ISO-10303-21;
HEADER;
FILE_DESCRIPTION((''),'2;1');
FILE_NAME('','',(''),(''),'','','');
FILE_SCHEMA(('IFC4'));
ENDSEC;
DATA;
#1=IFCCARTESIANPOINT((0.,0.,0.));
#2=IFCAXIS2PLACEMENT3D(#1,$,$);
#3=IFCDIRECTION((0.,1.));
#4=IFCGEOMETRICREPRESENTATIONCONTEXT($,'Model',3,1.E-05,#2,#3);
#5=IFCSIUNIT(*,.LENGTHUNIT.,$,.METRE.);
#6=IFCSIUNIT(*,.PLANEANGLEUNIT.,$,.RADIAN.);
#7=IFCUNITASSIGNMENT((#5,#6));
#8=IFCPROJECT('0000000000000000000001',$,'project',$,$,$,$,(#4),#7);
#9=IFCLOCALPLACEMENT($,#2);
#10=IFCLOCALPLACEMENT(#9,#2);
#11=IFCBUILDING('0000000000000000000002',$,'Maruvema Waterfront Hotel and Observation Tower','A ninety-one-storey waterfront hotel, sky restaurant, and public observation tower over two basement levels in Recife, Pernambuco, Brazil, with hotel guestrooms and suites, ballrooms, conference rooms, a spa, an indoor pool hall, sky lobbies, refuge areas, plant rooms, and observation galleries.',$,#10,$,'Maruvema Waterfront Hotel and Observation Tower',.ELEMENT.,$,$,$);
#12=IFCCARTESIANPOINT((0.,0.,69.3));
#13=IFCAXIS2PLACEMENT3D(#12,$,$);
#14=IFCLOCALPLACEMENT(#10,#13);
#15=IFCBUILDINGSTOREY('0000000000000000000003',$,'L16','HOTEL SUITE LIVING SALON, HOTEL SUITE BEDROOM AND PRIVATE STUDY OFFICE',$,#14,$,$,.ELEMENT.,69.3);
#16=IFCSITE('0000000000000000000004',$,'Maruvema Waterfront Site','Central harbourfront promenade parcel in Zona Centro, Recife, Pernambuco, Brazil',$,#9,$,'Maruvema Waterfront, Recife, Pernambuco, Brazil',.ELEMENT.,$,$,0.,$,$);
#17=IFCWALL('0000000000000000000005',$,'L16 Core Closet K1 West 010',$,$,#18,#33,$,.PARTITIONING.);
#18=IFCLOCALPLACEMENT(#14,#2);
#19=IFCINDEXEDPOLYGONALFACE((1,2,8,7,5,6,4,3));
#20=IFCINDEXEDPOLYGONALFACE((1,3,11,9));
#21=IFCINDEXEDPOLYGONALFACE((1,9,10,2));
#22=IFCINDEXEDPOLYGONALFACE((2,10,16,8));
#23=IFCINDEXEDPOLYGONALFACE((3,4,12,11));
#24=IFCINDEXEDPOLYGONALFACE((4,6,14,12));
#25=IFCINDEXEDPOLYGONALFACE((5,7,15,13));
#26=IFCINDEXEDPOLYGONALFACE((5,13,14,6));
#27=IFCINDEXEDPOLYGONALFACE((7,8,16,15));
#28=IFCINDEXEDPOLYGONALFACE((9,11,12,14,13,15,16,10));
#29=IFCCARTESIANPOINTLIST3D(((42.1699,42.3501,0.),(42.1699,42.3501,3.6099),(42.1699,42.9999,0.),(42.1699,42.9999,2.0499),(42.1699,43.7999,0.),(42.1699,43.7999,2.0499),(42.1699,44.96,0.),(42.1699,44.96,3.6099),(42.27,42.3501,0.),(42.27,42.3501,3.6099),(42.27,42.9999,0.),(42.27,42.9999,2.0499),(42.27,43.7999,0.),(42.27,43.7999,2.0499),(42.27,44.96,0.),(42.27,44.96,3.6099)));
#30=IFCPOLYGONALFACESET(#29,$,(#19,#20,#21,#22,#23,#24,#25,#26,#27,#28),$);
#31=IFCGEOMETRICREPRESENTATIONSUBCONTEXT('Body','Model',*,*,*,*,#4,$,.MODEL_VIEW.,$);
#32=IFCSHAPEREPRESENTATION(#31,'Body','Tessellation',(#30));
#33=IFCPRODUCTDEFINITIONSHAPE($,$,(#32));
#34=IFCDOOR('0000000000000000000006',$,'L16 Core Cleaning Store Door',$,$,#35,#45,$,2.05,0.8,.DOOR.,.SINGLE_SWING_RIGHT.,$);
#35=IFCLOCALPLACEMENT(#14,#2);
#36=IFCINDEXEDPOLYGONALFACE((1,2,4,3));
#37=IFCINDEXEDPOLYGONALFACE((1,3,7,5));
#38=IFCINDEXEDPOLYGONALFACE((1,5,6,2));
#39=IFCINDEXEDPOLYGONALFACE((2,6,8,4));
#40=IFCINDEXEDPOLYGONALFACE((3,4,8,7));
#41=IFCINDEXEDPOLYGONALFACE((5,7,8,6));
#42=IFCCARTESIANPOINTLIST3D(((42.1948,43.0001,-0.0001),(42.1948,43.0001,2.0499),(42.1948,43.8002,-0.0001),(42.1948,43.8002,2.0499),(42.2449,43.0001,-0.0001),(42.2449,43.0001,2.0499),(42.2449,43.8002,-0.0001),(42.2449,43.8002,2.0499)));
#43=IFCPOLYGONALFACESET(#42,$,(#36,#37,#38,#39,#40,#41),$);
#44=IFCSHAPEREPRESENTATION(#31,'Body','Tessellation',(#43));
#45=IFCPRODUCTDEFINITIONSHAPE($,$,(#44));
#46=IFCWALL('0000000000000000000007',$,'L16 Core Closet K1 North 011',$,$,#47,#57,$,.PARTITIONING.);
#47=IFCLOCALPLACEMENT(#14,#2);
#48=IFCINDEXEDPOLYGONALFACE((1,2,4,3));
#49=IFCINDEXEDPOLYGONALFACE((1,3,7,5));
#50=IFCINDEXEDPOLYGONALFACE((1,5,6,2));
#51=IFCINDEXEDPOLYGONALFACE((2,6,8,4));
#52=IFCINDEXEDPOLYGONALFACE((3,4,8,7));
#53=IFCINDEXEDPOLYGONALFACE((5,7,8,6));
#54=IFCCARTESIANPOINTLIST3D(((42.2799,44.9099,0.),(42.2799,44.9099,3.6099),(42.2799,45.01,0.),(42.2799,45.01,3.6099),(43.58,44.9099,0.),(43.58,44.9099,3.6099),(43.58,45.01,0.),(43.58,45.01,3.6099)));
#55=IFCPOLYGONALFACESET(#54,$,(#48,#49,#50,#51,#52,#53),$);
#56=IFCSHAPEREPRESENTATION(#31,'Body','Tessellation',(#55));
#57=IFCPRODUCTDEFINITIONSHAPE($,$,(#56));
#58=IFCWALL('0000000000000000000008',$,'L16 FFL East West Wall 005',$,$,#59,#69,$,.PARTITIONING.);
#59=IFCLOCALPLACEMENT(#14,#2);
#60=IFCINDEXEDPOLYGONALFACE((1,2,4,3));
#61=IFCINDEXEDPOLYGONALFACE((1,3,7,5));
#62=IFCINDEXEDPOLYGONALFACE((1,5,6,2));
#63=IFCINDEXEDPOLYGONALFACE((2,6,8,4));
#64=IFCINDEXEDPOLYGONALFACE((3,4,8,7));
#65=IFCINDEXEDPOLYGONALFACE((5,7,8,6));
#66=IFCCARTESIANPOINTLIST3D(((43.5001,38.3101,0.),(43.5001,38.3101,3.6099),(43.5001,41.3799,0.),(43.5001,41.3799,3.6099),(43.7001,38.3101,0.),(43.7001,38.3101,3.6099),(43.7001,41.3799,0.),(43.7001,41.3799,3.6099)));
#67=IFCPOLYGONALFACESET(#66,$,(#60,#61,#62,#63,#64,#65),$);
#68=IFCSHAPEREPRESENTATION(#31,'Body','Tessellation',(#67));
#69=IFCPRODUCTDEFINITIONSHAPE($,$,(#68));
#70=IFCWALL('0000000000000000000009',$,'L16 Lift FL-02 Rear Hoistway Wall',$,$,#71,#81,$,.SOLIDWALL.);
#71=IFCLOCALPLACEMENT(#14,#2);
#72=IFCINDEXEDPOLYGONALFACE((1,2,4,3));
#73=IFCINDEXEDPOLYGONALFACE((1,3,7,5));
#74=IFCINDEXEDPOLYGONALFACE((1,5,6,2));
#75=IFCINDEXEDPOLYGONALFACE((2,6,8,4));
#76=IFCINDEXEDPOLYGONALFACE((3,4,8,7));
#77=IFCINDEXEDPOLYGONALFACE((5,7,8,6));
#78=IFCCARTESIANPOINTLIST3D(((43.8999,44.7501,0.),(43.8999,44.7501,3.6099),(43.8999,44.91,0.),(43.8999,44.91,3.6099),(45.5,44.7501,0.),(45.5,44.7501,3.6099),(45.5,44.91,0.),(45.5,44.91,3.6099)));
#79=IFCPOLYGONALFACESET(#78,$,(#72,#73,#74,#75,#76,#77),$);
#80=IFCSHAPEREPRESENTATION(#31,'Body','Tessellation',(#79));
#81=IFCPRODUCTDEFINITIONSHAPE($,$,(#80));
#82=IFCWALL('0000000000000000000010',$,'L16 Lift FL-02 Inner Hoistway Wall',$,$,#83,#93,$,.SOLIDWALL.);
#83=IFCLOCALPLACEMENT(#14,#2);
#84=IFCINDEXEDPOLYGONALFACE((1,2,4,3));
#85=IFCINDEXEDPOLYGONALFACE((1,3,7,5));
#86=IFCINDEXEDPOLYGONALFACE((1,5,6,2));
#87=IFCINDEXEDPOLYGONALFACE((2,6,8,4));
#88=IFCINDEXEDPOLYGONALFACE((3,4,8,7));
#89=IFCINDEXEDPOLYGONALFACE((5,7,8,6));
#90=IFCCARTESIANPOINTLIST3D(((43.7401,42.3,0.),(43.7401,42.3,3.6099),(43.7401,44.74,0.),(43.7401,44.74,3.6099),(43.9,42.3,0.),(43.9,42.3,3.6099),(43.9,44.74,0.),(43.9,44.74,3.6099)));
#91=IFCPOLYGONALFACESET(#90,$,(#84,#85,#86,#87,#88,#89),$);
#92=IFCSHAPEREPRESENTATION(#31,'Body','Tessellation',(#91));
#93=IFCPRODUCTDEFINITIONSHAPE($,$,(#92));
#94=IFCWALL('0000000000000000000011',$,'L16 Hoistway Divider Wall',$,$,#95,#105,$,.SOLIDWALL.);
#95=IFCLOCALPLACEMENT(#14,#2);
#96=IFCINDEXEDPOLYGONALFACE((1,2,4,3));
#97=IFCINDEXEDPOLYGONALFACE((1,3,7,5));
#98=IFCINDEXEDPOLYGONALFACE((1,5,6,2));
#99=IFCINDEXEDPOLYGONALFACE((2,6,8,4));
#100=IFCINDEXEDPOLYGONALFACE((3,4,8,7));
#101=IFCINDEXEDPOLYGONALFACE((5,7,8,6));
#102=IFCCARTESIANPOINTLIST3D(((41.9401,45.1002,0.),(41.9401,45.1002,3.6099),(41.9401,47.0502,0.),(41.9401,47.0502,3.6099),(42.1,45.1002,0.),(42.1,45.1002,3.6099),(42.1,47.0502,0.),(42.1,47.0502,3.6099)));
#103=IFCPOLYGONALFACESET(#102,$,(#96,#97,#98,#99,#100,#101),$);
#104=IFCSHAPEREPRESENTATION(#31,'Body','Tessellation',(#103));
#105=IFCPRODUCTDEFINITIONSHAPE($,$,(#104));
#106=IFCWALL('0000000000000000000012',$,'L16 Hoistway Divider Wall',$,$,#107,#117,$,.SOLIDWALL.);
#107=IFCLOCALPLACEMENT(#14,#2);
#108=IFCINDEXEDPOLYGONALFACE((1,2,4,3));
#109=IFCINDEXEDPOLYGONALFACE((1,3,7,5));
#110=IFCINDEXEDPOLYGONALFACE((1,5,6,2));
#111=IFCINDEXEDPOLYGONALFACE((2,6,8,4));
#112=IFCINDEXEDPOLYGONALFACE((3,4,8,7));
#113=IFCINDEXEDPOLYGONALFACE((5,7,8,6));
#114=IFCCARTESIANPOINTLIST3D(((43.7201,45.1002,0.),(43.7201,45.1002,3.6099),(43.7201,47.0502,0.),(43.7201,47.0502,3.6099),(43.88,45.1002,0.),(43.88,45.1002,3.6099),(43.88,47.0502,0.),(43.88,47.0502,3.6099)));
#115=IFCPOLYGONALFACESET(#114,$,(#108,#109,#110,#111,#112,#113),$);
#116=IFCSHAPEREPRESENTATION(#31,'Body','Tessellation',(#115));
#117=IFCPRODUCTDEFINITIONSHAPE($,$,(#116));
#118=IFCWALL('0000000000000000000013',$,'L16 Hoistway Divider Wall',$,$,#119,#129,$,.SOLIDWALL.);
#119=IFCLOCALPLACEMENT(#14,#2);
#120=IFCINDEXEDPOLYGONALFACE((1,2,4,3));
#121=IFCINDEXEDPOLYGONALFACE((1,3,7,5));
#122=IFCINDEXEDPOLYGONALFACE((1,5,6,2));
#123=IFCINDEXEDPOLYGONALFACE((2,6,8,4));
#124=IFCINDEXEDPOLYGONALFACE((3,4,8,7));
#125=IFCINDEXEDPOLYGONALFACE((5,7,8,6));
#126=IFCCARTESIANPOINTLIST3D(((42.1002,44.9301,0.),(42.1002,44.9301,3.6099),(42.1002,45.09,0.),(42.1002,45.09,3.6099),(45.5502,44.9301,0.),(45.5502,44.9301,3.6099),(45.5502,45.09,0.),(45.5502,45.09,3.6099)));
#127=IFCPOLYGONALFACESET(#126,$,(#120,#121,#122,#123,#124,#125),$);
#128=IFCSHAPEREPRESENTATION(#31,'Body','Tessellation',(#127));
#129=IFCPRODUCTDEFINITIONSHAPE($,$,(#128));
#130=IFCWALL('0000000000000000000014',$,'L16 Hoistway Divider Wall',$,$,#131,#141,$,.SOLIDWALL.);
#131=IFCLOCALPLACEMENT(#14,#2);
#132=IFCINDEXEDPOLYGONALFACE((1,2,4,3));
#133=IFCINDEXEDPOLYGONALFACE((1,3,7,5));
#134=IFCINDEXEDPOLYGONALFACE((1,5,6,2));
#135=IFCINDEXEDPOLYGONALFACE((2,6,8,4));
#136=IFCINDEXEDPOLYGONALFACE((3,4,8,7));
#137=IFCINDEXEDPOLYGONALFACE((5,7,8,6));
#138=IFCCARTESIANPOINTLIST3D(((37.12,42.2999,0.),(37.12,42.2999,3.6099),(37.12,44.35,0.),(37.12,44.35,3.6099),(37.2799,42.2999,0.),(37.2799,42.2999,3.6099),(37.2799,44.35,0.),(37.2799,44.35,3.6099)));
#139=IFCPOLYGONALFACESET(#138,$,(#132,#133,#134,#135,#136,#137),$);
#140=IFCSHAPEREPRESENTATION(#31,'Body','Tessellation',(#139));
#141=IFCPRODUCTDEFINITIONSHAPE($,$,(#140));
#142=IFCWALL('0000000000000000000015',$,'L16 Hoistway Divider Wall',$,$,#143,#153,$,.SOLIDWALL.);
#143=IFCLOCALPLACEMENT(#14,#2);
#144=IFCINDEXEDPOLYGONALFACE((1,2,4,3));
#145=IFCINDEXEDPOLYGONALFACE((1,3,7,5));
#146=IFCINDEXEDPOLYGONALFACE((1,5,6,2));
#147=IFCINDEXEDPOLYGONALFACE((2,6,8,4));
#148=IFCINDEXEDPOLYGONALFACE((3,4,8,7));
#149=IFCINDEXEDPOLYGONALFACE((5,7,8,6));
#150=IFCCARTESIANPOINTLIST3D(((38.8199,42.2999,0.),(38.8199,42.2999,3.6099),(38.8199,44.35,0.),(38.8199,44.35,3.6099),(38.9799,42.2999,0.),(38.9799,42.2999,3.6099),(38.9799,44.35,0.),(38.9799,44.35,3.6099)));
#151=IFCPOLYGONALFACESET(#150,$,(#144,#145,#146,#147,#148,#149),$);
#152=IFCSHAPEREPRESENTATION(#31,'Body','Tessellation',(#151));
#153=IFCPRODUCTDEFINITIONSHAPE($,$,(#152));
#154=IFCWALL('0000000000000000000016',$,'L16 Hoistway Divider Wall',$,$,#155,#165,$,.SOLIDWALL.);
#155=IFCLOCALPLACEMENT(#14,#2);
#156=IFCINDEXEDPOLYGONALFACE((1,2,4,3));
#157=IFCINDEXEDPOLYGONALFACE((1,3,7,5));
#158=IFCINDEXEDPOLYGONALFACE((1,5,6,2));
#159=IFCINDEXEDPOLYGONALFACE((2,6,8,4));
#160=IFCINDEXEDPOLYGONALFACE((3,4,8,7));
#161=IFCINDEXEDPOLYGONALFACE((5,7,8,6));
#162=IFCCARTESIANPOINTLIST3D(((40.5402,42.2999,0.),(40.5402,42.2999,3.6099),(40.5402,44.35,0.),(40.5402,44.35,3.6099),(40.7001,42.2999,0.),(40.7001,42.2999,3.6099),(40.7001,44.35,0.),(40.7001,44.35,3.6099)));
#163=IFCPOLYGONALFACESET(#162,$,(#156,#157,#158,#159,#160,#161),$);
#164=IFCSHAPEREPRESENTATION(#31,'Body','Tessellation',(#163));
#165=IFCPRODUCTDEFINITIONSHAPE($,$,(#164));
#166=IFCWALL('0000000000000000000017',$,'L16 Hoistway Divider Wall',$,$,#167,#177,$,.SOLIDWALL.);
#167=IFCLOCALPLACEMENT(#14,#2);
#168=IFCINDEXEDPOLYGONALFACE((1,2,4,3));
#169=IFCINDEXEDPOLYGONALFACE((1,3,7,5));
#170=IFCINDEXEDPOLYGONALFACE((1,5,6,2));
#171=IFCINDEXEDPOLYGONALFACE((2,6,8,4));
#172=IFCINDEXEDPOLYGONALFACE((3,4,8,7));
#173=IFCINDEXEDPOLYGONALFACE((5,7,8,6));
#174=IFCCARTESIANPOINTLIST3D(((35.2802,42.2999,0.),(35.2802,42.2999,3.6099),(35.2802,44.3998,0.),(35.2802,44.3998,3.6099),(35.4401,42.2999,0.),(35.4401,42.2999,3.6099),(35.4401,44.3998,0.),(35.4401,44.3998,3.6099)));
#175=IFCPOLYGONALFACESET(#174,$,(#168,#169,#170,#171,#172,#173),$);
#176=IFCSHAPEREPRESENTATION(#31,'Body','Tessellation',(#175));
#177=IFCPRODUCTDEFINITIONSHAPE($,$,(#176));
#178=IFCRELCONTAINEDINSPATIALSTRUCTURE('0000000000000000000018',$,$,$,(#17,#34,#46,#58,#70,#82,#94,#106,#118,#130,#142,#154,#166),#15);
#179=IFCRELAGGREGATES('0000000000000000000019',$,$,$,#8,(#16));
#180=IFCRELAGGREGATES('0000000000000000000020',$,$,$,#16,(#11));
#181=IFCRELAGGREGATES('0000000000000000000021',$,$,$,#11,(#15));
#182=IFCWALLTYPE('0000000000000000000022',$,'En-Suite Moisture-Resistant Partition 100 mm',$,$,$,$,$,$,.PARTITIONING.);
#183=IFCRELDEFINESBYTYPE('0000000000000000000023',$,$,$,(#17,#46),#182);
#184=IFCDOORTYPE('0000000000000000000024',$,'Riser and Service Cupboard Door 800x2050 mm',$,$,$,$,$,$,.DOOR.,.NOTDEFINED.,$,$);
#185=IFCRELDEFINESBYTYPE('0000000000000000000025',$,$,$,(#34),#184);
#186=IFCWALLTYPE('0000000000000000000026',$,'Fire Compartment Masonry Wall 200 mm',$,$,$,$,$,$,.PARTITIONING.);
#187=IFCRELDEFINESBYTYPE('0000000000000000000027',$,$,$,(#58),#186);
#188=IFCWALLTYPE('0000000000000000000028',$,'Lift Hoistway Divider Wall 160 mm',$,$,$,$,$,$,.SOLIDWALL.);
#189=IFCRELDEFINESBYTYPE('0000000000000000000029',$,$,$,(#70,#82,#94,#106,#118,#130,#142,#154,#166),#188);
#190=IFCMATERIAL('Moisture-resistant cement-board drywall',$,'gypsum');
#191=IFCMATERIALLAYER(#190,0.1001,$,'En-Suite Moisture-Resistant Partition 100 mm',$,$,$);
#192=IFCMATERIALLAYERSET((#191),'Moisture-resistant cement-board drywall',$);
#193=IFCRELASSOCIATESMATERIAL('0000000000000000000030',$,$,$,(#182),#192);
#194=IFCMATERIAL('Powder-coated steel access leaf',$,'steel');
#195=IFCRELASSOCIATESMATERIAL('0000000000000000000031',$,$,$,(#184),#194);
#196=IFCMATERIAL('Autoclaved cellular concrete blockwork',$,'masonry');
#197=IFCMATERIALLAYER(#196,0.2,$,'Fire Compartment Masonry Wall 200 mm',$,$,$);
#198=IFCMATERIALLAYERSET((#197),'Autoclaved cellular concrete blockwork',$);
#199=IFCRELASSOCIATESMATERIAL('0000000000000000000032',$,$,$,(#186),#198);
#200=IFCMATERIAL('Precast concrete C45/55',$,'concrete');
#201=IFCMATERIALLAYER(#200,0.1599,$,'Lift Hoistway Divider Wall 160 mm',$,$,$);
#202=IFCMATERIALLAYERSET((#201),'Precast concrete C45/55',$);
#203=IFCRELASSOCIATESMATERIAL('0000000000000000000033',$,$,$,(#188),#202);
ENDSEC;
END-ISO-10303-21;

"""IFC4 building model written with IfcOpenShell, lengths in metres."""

from ifc_helpers import new_model, si_unit, direction, frame, frame_2d, origin, place, context, subcontext, project, spatial, rectangle, extrude, material, layer, layer_set, type_object, element, fill, save


model = new_model("IFC4")

# Units and contexts
model_context = context("Model", 3, precision=1e-05, world=origin(), true_north=direction((0.0, 1.0)))
body_context = subcontext(model_context, "Body", "Model", "MODEL_VIEW")
ifc_project = project(units=[si_unit("LENGTHUNIT", "METRE"), si_unit("PLANEANGLEUNIT", "RADIAN")], contexts=[model_context])

# Site, building, storey
site_placement = place(None, origin())
site = spatial("IfcSite", under=ifc_project, at=site_placement, Name="Maruvema Waterfront Site", Description="Central harbourfront promenade parcel in Zona Centro, Recife, Pernambuco, Brazil", LongName="Maruvema Waterfront, Recife, Pernambuco, Brazil", CompositionType="ELEMENT", RefElevation=0.0)
building_placement = place(site_placement, origin())
building = spatial("IfcBuilding", under=site, at=building_placement, Name="Maruvema Waterfront Hotel and Observation Tower", Description="A ninety-one-storey waterfront hotel, sky restaurant, and public observation tower over two basement levels in Recife, Pernambuco, Brazil, with hotel guestrooms and suites, ballrooms, conference rooms, a spa, an indoor pool hall, sky lobbies, refuge areas, plant rooms, and observation galleries.", LongName="Maruvema Waterfront Hotel and Observation Tower", CompositionType="ELEMENT")
storey_placement = place(building_placement, frame((0.0, 0.0, 69.3)))
storey = spatial("IfcBuildingStorey", under=building, at=storey_placement, Name="L16", Description="HOTEL SUITE LIVING SALON, HOTEL SUITE BEDROOM AND PRIVATE STUDY OFFICE", CompositionType="ELEMENT", Elevation=69.3)

# Wall, opening, door
ifc_material_1 = material(Name="Moisture-resistant cement-board drywall", Category="gypsum")
ifc_layer_1 = layer(ifc_material_1, 0.1001, Name="En-Suite Moisture-Resistant Partition 100 mm")
ifc_layer_set_1 = layer_set([ifc_layer_1], Name="Moisture-resistant cement-board drywall")
wall_type_1 = type_object("IfcWallType", Name="En-Suite Moisture-Resistant Partition 100 mm", PredefinedType="PARTITIONING", material=ifc_layer_set_1)
wall_1_placement = place(storey_placement, frame((42.22, 42.3501, 0.0), z_axis=(0.0, 0.0, 1.0), x_axis=(0.0, 1.0, 0.0)))
wall_1 = element("IfcWall", 1, at=wall_1_placement, inside=storey, type_object=wall_type_1, Name="L16 Core Closet K1 West 010", PredefinedType="PARTITIONING", context=body_context, shape_type="SweptSolid", body=[
    extrude(rectangle(XDim=2.6099, YDim=0.1001, at=frame_2d((1.3049, 0.0))), origin(), (0.0, 0.0, 1.0), 3.6099),
])
opening_1_placement = place(wall_1_placement, frame((0.6499, 0.0, 0.0)))
opening_1 = element("IfcOpeningElement", 2, at=opening_1_placement, cuts=wall_1, PredefinedType="OPENING", context=body_context, shape_type="SweptSolid", body=[
    extrude(rectangle(XDim=0.8, YDim=2.05, at=frame_2d((0.3999, 1.0249))), frame((0.0, 0.0601, 0.0), z_axis=(0.0, -1.0, 0.0), x_axis=(1.0, 0.0, 0.0)), (0.0, 0.0, 1.0), 0.1201),
])
ifc_material_2 = material(Name="Powder-coated steel access leaf", Category="steel")
door_type_1 = type_object("IfcDoorType", Name="Riser and Service Cupboard Door 800x2050 mm", OperationType="NOTDEFINED", PredefinedType="DOOR", material=ifc_material_2)
door_1_placement = place(opening_1_placement, frame((0.8, 0.0, 0.0), z_axis=(0.0, 0.0, 1.0), x_axis=(-1.0, 0.0, 0.0)))
door_1 = element("IfcDoor", 3, at=door_1_placement, inside=storey, type_object=door_type_1, Name="L16 Core Cleaning Store Door", OperationType="SINGLE_SWING_RIGHT", OverallHeight=2.05, OverallWidth=0.8, PredefinedType="DOOR", context=body_context, shape_type="SweptSolid", body=[
    extrude(rectangle(XDim=0.8, YDim=2.05, at=frame_2d((0.3999, 1.0249))), frame((0.0, 0.0249, 0.0), z_axis=(0.0, -1.0, 0.0), x_axis=(1.0, 0.0, 0.0)), (0.0, 0.0, 1.0), 0.05),
])
fill(opening_1, door_1)

# Wall
wall_2_placement = place(storey_placement, frame((42.28, 44.96, 0.0), z_axis=(0.0, 0.0, 1.0), x_axis=(1.0, 0.0, 0.0)))
element("IfcWall", 4, at=wall_2_placement, inside=storey, type_object=wall_type_1, Name="L16 Core Closet K1 North 011", PredefinedType="PARTITIONING", context=body_context, shape_type="SweptSolid", body=[
    extrude(rectangle(XDim=1.3, YDim=0.1001, at=frame_2d((0.6499, 0.0))), origin(), (0.0, 0.0, 1.0), 3.6099),
])

# Shared definitions
ifc_material_3 = material(Name="Autoclaved cellular concrete blockwork", Category="masonry")
ifc_layer_2 = layer(ifc_material_3, 0.2, Name="Fire Compartment Masonry Wall 200 mm")
ifc_layer_set_2 = layer_set([ifc_layer_2], Name="Autoclaved cellular concrete blockwork")
wall_type_2 = type_object("IfcWallType", Name="Fire Compartment Masonry Wall 200 mm", PredefinedType="PARTITIONING", material=ifc_layer_set_2)

# Walls
wall_3_placement = place(storey_placement, frame((43.6001, 38.3101, 0.0), z_axis=(0.0, 0.0, 1.0), x_axis=(0.0, 1.0, 0.0)))
element("IfcWall", 5, at=wall_3_placement, inside=storey, type_object=wall_type_2, Name="L16 FFL East West Wall 005", PredefinedType="PARTITIONING", context=body_context, shape_type="SweptSolid", body=[
    extrude(rectangle(XDim=3.0698, YDim=0.2, at=frame_2d((1.5349, 0.0))), origin(), (0.0, 0.0, 1.0), 3.6099),
])
ifc_material_4 = material(Name="Precast concrete C45/55", Category="concrete")
ifc_layer_3 = layer(ifc_material_4, 0.1599, Name="Lift Hoistway Divider Wall 160 mm")
ifc_layer_set_3 = layer_set([ifc_layer_3], Name="Precast concrete C45/55")
wall_type_3 = type_object("IfcWallType", Name="Lift Hoistway Divider Wall 160 mm", PredefinedType="SOLIDWALL", material=ifc_layer_set_3)
wall_4_placement = place(storey_placement, frame((43.8999, 44.8301, 0.0), z_axis=(0.0, 0.0, 1.0), x_axis=(1.0, 0.0, 0.0)))
element("IfcWall", 6, at=wall_4_placement, inside=storey, type_object=wall_type_3, Name="L16 Lift FL-02 Rear Hoistway Wall", PredefinedType="SOLIDWALL", context=body_context, shape_type="SweptSolid", body=[
    extrude(rectangle(XDim=1.6001, YDim=0.1599, at=frame_2d((0.8, 0.0))), origin(), (0.0, 0.0, 1.0), 3.6099),
])
wall_5_placement = place(storey_placement, frame((43.8201, 42.3, 0.0), z_axis=(0.0, 0.0, 1.0), x_axis=(0.0, 1.0, 0.0)))
element("IfcWall", 7, at=wall_5_placement, inside=storey, type_object=wall_type_3, Name="L16 Lift FL-02 Inner Hoistway Wall", PredefinedType="SOLIDWALL", context=body_context, shape_type="SweptSolid", body=[
    extrude(rectangle(XDim=2.4399, YDim=0.1599, at=frame_2d((1.22, 0.0))), origin(), (0.0, 0.0, 1.0), 3.6099),
])
for number, where, z_axis, x_axis, name in (
    (8, (42.02, 45.1001, 0.0), (0.0, 0.0, 1.0), (0.0, 1.0, 0.0), "L16 Hoistway Divider Wall"),
    (9, (43.8, 45.1001, 0.0), (0.0, 0.0, 1.0), (0.0, 1.0, 0.0), "L16 Hoistway Divider Wall"),
):
    element("IfcWall", number, at=place(storey_placement, frame(where, z_axis=z_axis, x_axis=x_axis)), inside=storey, type_object=wall_type_3, Name=name, PredefinedType="SOLIDWALL", context=body_context, shape_type="SweptSolid", body=[
        extrude(rectangle(XDim=1.95, YDim=0.1599, at=frame_2d((0.9751, 0.0))), origin(), (0.0, 0.0, 1.0), 3.6099),
    ])
wall_6_placement = place(storey_placement, frame((42.1001, 45.01, 0.0), z_axis=(0.0, 0.0, 1.0), x_axis=(1.0, 0.0, 0.0)))
element("IfcWall", 10, at=wall_6_placement, inside=storey, type_object=wall_type_3, Name="L16 Hoistway Divider Wall", PredefinedType="SOLIDWALL", context=body_context, shape_type="SweptSolid", body=[
    extrude(rectangle(XDim=3.45, YDim=0.1599, at=frame_2d((1.7251, 0.0))), origin(), (0.0, 0.0, 1.0), 3.6099),
])
for number, where, z_axis, x_axis, name in (
    (11, (37.2, 42.3, 0.0), (0.0, 0.0, 1.0), (0.0, 1.0, 0.0), "L16 Hoistway Divider Wall"),
    (12, (38.8999, 42.3, 0.0), (0.0, 0.0, 1.0), (0.0, 1.0, 0.0), "L16 Hoistway Divider Wall"),
    (13, (40.6201, 42.3, 0.0), (0.0, 0.0, 1.0), (0.0, 1.0, 0.0), "L16 Hoistway Divider Wall"),
):
    element("IfcWall", number, at=place(storey_placement, frame(where, z_axis=z_axis, x_axis=x_axis)), inside=storey, type_object=wall_type_3, Name=name, PredefinedType="SOLIDWALL", context=body_context, shape_type="SweptSolid", body=[
        extrude(rectangle(XDim=2.05, YDim=0.1599, at=frame_2d((1.0249, 0.0))), origin(), (0.0, 0.0, 1.0), 3.6099),
    ])
wall_7_placement = place(storey_placement, frame((35.3601, 42.3, 0.0), z_axis=(0.0, 0.0, 1.0), x_axis=(0.0, 1.0, 0.0)))
element("IfcWall", 14, at=wall_7_placement, inside=storey, type_object=wall_type_3, Name="L16 Hoistway Divider Wall", PredefinedType="SOLIDWALL", context=body_context, shape_type="SweptSolid", body=[
    extrude(rectangle(XDim=2.0999, YDim=0.1599, at=frame_2d((1.0498, 0.0))), origin(), (0.0, 0.0, 1.0), 3.6099),
])

save(model, "model.ifc")
